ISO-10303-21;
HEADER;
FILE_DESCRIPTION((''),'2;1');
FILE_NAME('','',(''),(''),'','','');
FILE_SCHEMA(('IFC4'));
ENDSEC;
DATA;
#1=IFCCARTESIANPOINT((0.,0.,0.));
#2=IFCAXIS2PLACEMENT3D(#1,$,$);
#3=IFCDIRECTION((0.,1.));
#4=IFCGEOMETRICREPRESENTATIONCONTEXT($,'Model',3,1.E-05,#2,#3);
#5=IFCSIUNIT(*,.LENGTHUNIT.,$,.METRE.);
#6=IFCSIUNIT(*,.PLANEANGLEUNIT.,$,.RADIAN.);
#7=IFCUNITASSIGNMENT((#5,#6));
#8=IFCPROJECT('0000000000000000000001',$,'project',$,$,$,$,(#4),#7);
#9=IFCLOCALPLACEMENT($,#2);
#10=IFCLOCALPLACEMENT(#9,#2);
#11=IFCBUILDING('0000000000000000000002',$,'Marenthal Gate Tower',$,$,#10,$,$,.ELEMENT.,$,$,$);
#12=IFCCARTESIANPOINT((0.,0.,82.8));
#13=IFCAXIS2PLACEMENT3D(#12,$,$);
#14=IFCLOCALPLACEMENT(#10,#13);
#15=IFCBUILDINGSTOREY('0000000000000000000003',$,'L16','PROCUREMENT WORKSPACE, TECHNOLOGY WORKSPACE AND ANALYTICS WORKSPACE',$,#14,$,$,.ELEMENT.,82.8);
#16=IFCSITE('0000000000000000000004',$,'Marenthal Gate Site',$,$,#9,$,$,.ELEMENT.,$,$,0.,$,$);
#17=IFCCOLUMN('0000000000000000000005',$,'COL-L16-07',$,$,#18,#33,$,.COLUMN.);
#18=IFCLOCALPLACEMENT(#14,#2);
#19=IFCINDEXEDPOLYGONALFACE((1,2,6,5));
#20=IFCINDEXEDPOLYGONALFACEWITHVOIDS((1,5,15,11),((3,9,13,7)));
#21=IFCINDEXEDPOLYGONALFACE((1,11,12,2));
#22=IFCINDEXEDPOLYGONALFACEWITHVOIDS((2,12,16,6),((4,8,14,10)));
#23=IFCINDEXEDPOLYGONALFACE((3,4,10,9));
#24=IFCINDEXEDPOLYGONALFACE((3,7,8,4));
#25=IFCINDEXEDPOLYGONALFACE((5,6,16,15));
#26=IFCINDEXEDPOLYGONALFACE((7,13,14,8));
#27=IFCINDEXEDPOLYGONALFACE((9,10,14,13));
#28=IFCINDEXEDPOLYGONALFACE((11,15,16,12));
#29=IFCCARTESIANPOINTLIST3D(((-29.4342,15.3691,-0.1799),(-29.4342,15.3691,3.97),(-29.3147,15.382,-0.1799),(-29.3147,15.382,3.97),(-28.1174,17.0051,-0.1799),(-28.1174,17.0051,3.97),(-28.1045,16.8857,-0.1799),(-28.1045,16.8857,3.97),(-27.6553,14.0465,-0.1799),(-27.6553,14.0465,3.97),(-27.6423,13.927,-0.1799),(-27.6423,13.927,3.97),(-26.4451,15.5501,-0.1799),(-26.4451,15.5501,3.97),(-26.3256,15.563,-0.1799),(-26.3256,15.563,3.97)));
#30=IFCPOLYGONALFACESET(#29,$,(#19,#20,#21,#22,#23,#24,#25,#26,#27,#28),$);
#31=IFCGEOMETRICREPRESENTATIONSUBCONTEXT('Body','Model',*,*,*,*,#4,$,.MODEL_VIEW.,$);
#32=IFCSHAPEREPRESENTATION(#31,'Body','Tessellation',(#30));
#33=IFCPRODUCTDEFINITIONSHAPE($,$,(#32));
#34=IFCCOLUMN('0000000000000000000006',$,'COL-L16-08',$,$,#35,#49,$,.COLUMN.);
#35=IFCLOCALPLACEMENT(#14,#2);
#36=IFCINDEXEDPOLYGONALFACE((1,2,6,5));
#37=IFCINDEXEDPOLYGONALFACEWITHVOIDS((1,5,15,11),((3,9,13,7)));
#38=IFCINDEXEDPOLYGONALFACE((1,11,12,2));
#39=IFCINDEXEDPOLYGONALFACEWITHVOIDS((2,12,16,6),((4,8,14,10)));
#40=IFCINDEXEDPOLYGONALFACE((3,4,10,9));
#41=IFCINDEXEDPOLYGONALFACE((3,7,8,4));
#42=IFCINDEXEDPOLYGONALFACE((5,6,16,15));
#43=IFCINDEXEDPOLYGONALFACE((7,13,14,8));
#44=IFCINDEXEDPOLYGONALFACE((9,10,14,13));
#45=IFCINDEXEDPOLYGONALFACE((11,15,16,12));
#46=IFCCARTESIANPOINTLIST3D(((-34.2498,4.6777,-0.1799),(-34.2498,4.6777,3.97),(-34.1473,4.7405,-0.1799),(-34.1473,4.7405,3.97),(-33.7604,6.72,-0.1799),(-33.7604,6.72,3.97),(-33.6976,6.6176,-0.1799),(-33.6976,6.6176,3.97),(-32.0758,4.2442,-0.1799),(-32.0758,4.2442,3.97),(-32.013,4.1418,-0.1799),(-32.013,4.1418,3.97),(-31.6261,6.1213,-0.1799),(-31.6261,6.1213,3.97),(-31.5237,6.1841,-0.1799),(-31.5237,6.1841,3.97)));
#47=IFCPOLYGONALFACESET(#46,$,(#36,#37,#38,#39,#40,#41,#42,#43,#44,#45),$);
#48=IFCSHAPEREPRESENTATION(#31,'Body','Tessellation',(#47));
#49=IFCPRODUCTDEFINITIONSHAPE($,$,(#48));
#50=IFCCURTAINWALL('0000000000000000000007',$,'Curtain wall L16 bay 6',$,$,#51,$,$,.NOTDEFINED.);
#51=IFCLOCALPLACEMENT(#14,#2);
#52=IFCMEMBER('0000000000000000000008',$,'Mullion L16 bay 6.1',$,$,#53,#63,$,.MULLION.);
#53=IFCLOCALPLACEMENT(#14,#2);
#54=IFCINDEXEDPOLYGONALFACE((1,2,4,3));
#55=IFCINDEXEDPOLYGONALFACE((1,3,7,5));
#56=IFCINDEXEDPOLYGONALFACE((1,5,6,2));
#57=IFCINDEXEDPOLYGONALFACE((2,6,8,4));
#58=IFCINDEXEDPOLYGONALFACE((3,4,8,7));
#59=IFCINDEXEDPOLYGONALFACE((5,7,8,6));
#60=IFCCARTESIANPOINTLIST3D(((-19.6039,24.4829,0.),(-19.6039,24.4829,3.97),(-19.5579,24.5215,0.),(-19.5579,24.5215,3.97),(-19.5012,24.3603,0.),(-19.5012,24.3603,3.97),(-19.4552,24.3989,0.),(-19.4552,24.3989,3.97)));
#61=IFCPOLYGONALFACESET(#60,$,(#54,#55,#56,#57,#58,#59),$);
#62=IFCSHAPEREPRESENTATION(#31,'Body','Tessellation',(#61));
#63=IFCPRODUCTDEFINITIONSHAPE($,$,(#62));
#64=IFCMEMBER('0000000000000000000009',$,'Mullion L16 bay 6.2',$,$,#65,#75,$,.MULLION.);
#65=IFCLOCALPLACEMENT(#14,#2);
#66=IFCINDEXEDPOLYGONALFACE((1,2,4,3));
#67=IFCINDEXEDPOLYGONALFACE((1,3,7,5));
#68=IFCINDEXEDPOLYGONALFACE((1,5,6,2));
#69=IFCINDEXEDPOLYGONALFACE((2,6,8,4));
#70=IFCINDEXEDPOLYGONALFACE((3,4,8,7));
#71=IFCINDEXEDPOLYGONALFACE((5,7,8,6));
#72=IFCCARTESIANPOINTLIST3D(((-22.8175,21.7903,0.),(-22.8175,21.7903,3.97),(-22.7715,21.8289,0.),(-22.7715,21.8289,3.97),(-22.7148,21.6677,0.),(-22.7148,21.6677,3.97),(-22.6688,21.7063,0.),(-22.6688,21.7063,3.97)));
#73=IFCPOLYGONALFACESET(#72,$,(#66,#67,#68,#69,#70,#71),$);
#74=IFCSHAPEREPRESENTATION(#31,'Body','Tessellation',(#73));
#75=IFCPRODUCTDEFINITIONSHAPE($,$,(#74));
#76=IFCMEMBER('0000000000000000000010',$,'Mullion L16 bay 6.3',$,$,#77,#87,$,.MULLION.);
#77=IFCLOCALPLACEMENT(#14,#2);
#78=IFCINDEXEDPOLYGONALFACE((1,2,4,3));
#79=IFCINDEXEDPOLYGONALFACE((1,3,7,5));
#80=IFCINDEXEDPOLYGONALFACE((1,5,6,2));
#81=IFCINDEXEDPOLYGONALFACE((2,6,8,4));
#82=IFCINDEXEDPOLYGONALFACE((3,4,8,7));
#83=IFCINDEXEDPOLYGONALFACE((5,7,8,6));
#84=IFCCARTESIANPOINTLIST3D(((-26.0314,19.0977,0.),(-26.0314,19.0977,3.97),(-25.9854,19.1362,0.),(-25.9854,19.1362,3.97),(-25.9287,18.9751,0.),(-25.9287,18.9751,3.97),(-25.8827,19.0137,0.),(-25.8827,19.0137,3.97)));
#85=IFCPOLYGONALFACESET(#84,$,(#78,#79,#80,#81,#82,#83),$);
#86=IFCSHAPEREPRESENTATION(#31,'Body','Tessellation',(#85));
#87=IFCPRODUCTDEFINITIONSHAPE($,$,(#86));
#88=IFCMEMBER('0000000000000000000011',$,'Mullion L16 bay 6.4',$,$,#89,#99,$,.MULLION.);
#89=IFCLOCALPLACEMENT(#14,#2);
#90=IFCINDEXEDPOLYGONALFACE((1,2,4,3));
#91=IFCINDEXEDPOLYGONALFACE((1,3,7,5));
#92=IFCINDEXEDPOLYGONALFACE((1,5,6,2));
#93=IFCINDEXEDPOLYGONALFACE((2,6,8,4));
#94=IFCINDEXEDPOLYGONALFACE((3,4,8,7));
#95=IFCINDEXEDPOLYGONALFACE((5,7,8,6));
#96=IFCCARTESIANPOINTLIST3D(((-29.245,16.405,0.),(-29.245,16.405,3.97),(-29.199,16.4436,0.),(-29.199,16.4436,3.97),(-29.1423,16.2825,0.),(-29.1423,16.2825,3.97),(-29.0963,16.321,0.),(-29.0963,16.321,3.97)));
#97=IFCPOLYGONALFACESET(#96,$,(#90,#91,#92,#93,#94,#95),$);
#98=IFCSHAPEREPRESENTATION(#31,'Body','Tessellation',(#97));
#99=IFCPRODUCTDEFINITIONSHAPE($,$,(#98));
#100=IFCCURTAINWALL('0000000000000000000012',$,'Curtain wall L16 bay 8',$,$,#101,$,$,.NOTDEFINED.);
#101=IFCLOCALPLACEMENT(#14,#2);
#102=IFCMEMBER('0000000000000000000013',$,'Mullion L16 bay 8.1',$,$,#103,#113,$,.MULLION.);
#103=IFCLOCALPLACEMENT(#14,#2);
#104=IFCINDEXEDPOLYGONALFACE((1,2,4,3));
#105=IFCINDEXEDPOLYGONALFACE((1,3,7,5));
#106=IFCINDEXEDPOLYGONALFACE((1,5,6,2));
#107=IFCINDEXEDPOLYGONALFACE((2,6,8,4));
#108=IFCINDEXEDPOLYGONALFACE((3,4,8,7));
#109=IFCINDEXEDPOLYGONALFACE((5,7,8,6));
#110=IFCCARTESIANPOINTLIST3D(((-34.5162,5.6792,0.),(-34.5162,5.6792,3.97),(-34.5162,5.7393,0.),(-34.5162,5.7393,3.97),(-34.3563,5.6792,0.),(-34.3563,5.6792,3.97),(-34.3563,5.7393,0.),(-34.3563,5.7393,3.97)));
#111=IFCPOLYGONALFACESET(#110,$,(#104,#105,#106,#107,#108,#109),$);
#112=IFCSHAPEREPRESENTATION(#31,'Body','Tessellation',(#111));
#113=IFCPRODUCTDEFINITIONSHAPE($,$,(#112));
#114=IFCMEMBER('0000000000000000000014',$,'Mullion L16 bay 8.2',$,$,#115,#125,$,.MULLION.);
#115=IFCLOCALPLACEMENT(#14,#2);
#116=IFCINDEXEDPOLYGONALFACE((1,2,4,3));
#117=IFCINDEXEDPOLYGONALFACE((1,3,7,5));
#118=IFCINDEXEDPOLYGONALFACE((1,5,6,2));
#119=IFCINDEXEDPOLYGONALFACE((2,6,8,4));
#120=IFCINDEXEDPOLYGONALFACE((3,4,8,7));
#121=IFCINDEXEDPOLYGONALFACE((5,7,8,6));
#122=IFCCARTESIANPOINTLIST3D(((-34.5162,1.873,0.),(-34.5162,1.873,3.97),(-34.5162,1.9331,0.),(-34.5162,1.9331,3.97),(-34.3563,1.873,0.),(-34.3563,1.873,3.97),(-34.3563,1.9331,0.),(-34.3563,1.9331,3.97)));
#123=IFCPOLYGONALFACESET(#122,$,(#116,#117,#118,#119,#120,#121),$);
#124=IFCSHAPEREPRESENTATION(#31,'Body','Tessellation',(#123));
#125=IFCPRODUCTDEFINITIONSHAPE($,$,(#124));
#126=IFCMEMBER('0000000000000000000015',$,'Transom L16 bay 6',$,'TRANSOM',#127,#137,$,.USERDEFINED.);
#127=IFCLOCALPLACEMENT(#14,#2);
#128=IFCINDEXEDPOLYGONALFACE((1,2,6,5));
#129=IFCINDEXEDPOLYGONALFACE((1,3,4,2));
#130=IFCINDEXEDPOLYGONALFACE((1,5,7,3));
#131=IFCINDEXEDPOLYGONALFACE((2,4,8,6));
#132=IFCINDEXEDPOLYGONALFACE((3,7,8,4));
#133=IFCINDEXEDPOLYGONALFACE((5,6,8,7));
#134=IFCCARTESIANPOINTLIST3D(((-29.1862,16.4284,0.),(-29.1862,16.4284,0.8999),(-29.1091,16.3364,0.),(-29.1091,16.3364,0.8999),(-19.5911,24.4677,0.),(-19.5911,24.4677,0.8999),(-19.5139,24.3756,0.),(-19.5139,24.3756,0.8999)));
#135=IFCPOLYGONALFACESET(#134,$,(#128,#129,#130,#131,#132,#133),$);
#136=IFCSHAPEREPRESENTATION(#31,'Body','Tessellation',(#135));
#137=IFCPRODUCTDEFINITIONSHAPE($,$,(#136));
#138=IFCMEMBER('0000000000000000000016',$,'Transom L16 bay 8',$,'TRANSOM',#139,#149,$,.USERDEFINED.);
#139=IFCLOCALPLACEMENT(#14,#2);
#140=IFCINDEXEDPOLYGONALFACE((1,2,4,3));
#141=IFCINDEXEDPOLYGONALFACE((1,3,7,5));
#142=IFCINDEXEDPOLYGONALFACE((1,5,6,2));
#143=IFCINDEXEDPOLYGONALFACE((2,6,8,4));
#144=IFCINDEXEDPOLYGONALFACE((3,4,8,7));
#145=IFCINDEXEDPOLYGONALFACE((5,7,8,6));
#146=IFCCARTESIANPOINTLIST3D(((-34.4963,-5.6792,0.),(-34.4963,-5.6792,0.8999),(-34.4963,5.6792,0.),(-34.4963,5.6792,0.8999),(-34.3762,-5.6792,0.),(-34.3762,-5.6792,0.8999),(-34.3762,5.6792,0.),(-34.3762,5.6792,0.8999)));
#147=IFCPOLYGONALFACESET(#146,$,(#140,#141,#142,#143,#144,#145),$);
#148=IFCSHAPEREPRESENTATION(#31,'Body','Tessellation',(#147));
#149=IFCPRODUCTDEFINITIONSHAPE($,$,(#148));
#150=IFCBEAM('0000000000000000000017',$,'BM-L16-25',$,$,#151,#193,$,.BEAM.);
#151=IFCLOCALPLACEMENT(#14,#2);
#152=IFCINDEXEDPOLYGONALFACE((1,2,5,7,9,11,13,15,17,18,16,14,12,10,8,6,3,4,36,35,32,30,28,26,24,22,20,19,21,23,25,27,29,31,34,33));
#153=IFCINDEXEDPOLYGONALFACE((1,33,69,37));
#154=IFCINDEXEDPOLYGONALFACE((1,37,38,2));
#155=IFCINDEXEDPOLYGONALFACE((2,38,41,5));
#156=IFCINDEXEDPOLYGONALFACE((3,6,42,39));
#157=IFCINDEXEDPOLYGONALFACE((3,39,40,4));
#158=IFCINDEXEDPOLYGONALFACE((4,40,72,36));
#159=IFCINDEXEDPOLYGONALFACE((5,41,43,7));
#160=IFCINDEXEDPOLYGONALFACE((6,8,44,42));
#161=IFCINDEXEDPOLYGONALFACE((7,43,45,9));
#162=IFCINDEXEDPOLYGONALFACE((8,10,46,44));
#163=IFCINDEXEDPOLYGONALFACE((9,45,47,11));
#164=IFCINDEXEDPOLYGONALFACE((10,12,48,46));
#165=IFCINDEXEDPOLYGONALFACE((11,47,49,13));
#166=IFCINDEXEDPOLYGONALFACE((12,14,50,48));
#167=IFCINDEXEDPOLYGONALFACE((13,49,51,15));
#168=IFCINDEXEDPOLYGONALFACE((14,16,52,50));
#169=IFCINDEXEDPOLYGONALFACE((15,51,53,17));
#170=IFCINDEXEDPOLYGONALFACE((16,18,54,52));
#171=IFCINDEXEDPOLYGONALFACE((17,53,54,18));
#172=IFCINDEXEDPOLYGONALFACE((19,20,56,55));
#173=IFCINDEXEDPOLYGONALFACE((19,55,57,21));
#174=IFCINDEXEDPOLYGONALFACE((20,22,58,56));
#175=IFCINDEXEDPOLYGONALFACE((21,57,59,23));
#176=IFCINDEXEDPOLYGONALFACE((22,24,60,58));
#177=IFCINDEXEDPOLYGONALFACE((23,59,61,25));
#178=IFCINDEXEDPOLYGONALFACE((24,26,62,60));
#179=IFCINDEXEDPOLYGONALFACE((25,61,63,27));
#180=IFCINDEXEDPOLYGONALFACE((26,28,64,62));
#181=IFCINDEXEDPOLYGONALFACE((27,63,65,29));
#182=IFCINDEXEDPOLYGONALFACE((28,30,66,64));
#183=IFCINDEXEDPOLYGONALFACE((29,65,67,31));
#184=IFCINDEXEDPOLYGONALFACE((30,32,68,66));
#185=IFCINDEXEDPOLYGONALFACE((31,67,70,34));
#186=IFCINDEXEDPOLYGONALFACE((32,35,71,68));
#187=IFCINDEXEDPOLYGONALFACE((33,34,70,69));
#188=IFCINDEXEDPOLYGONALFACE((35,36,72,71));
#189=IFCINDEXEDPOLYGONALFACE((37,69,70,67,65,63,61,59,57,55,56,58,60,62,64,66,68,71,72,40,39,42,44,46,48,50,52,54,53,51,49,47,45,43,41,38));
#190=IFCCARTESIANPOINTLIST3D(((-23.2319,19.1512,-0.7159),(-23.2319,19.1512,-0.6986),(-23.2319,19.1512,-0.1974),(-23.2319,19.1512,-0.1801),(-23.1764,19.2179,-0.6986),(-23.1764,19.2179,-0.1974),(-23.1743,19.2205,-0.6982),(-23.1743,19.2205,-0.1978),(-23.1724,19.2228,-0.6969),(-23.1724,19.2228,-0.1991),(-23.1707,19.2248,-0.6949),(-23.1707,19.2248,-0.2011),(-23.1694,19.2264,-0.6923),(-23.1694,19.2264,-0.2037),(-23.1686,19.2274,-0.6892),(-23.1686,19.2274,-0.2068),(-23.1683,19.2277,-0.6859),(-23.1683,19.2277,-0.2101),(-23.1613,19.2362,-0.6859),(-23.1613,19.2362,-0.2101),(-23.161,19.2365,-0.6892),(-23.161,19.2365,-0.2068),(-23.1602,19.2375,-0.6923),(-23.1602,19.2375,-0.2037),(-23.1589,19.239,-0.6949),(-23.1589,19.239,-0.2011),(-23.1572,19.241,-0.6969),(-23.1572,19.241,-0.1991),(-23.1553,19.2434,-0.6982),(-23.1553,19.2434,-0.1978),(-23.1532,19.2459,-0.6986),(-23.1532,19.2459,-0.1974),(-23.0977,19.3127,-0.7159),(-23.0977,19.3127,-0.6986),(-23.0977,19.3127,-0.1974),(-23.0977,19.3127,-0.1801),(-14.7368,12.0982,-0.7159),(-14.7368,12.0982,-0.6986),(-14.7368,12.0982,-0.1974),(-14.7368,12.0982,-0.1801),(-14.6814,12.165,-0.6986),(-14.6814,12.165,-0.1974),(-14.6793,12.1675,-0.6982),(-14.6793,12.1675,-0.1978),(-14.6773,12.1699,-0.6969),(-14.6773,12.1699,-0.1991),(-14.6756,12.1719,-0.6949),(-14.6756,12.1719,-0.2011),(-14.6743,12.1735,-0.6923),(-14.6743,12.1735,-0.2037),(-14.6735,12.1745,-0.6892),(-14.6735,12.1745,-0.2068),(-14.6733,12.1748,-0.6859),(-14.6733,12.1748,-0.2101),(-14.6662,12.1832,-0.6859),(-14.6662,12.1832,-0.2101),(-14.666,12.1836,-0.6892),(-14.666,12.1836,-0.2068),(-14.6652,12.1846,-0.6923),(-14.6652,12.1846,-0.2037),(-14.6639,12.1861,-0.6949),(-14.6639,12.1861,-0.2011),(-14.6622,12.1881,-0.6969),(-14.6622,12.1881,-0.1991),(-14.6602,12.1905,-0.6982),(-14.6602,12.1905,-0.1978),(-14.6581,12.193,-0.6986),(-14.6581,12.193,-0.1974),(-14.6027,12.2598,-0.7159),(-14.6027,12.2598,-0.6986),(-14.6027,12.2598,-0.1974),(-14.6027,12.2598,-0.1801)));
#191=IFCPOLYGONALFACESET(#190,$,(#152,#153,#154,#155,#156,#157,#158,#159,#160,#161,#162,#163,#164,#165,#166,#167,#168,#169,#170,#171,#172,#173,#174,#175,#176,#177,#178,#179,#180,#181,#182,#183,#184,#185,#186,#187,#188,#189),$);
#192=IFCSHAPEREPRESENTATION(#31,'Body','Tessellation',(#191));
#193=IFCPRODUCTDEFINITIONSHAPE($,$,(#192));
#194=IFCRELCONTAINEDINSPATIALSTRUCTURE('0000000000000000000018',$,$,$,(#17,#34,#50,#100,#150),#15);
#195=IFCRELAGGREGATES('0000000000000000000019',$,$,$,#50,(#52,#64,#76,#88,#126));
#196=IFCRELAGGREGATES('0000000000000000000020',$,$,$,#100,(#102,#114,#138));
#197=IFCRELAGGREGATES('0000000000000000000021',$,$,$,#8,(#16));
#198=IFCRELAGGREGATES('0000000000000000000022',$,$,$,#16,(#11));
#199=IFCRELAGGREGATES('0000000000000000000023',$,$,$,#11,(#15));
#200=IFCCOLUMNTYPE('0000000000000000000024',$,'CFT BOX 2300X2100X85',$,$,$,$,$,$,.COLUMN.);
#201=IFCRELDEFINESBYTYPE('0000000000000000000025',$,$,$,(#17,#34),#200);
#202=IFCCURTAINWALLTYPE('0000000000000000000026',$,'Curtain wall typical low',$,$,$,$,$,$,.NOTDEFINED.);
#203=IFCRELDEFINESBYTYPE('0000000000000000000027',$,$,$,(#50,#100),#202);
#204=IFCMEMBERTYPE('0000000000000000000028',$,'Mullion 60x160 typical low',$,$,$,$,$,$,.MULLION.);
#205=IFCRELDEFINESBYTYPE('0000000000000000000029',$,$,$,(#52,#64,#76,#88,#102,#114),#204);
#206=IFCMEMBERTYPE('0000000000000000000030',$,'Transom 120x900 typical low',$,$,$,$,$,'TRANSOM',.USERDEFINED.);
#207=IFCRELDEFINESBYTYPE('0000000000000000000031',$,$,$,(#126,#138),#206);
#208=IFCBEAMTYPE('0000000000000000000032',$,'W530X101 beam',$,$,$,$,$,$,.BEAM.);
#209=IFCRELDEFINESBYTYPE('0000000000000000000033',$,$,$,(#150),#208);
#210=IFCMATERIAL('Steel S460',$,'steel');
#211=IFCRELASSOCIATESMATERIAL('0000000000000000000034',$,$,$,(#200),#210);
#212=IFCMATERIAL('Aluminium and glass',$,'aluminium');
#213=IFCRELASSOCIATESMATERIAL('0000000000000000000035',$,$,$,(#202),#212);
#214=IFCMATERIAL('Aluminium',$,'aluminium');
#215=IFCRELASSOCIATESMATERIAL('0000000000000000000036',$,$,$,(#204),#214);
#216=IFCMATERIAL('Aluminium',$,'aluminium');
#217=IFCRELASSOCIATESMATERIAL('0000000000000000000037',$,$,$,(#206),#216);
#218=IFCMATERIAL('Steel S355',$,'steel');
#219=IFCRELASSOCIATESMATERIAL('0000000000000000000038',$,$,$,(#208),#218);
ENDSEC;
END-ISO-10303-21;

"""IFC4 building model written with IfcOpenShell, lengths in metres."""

from ifc_helpers import new_model, si_unit, direction, frame, origin, origin_2d, place, context, subcontext, project, spatial, rectangle, hollow_rectangle, i_section, extrude, material, material_profile, profile_set, type_object, element, aggregate, save


model = new_model("IFC4")

# Units and contexts
model_context = context("Model", 3, precision=1e-05, world=origin(), true_north=direction((0.0, 1.0)))
body_context = subcontext(model_context, "Body", "Model", "MODEL_VIEW")
ifc_project = project(units=[si_unit("LENGTHUNIT", "METRE"), si_unit("PLANEANGLEUNIT", "RADIAN")], contexts=[model_context])

# Site, building, storey
site_placement = place(None, origin())
site = spatial("IfcSite", under=ifc_project, at=site_placement, Name="Marenthal Gate Site", CompositionType="ELEMENT", RefElevation=0.0)
building_placement = place(site_placement, origin())
building = spatial("IfcBuilding", under=site, at=building_placement, Name="Marenthal Gate Tower", CompositionType="ELEMENT")
storey_placement = place(building_placement, frame((0.0, 0.0, 82.8)))
storey = spatial("IfcBuildingStorey", under=building, at=storey_placement, Name="L16", Description="PROCUREMENT WORKSPACE, TECHNOLOGY WORKSPACE AND ANALYTICS WORKSPACE", CompositionType="ELEMENT", Elevation=82.8)

# Columns
ifc_material_1 = material(Name="Steel S460", Category="steel")
ifc_material_profile_1 = material_profile(ifc_material_1, hollow_rectangle(XDim=2.1001, YDim=2.3, WallThickness=0.085, at=origin_2d()), Name="CFT BOX 2300X2100X85")
ifc_material_2 = material(Name="Concrete 70 MPa", Category="concrete")
ifc_material_profile_2 = material_profile(ifc_material_2, rectangle(XDim=1.9299, YDim=2.1299, at=origin_2d()), Name="CFT BOX 2300X2100X85 INFILL")
ifc_profile_set_1 = profile_set([ifc_material_profile_1, ifc_material_profile_2], Name="Steel S460 shell, Concrete 70 MPa infill")
column_type = type_object("IfcColumnType", Name="CFT BOX 2300X2100X85", PredefinedType="COLUMN", material=ifc_profile_set_1)
for number, where, z_axis, x_axis, name in (
    (1, (-27.8799, 15.4661, -0.1799), (0.0, 0.0, 1.0), (0.626985, 0.779032, 0.0), "COL-L16-07"),
    (2, (-32.8867, 5.4309, -0.1799), (0.0, 0.0, 1.0), (0.232997, 0.972477, 0.0), "COL-L16-08"),
):
    element("IfcColumn", number, at=place(storey_placement, frame(where, z_axis=z_axis, x_axis=x_axis)), inside=storey, type_object=column_type, Name=name, PredefinedType="COLUMN", context=body_context, shape_type="SweptSolid", body=[
        extrude(hollow_rectangle(XDim=2.1001, YDim=2.3, WallThickness=0.085, at=origin_2d()), origin(), (0.0, 0.0, 1.0), 4.1499),
    ])

# Curtain walls, members
ifc_material_3 = material(Name="Aluminium and glass", Category="aluminium")
curtain_wall_type = type_object("IfcCurtainWallType", Name="Curtain wall typical low", PredefinedType="NOTDEFINED", material=ifc_material_3)
curtain_wall_1_placement = place(storey_placement, origin())
curtain_wall_1 = element("IfcCurtainWall", 3, at=curtain_wall_1_placement, inside=storey, type_object=curtain_wall_type, Name="Curtain wall L16 bay 6", PredefinedType="NOTDEFINED")
ifc_material_4 = material(Name="Aluminium", Category="aluminium")
ifc_material_profile_3 = material_profile(ifc_material_4, rectangle(XDim=0.1599, YDim=0.0601, at=origin_2d()), Name="60x160 aluminium mullion")
ifc_profile_set_2 = profile_set([ifc_material_profile_3], Name="Aluminium")
member_type_1 = type_object("IfcMemberType", Name="Mullion 60x160 typical low", PredefinedType="MULLION", material=ifc_profile_set_2)
member_1_placement = place(storey_placement, frame((-19.5295, 24.4409, 0.0), z_axis=(0.0, 0.0, 1.0), x_axis=(0.642228, -0.766513, 0.0)))
member_1 = element("IfcMember", 4, at=member_1_placement, type_object=member_type_1, Name="Mullion L16 bay 6.1", PredefinedType="MULLION", context=body_context, shape_type="SweptSolid", body=[
    extrude(rectangle(XDim=0.1599, YDim=0.0601, at=origin_2d()), origin(), (0.0, 0.0, 1.0), 3.97),
])
member_2_placement = place(storey_placement, frame((-22.7432, 21.7483, 0.0), z_axis=(0.0, 0.0, 1.0), x_axis=(0.642228, -0.766513, 0.0)))
member_2 = element("IfcMember", 5, at=member_2_placement, type_object=member_type_1, Name="Mullion L16 bay 6.2", PredefinedType="MULLION", context=body_context, shape_type="SweptSolid", body=[
    extrude(rectangle(XDim=0.1599, YDim=0.0601, at=origin_2d()), origin(), (0.0, 0.0, 1.0), 3.97),
])
member_3_placement = place(storey_placement, frame((-25.957, 19.0557, 0.0), z_axis=(0.0, 0.0, 1.0), x_axis=(0.642228, -0.766513, 0.0)))
member_3 = element("IfcMember", 6, at=member_3_placement, type_object=member_type_1, Name="Mullion L16 bay 6.3", PredefinedType="MULLION", context=body_context, shape_type="SweptSolid", body=[
    extrude(rectangle(XDim=0.1599, YDim=0.0601, at=origin_2d()), origin(), (0.0, 0.0, 1.0), 3.97),
])
member_4_placement = place(storey_placement, frame((-29.1707, 16.363, 0.0), z_axis=(0.0, 0.0, 1.0), x_axis=(0.642228, -0.766513, 0.0)))
member_4 = element("IfcMember", 7, at=member_4_placement, type_object=member_type_1, Name="Mullion L16 bay 6.4", PredefinedType="MULLION", context=body_context, shape_type="SweptSolid", body=[
    extrude(rectangle(XDim=0.1599, YDim=0.0601, at=origin_2d()), origin(), (0.0, 0.0, 1.0), 3.97),
])
curtain_wall_2_placement = place(storey_placement, origin())
curtain_wall_2 = element("IfcCurtainWall", 8, at=curtain_wall_2_placement, inside=storey, type_object=curtain_wall_type, Name="Curtain wall L16 bay 8", PredefinedType="NOTDEFINED")
member_5_placement = place(storey_placement, frame((-34.4363, 5.7092, 0.0), z_axis=(0.0, 0.0, 1.0), x_axis=(1.0, 0.0, 0.0)))
member_5 = element("IfcMember", 9, at=member_5_placement, type_object=member_type_1, Name="Mullion L16 bay 8.1", PredefinedType="MULLION", context=body_context, shape_type="SweptSolid", body=[
    extrude(rectangle(XDim=0.1599, YDim=0.0601, at=origin_2d()), origin(), (0.0, 0.0, 1.0), 3.97),
])
member_6_placement = place(storey_placement, frame((-34.4363, 1.9031, 0.0), z_axis=(0.0, 0.0, 1.0), x_axis=(1.0, 0.0, 0.0)))
member_6 = element("IfcMember", 10, at=member_6_placement, type_object=member_type_1, Name="Mullion L16 bay 8.2", PredefinedType="MULLION", context=body_context, shape_type="SweptSolid", body=[
    extrude(rectangle(XDim=0.1599, YDim=0.0601, at=origin_2d()), origin(), (0.0, 0.0, 1.0), 3.97),
])

# Members
ifc_material_5 = material(Name="Aluminium", Category="aluminium")
ifc_material_profile_4 = material_profile(ifc_material_5, rectangle(XDim=0.1201, YDim=0.8999, at=origin_2d()), Name="120x900 aluminium transom")
ifc_profile_set_3 = profile_set([ifc_material_profile_4], Name="Aluminium")
member_type_2 = type_object("IfcMemberType", Name="Transom 120x900 typical low", ElementType="TRANSOM", PredefinedType="USERDEFINED", material=ifc_profile_set_3)
member_7_placement = place(storey_placement, frame((-19.5525, 24.4216, 0.45), z_axis=(-0.766518, -0.642223, 0.0), x_axis=(0.642223, -0.766518, 0.0)))
member_7 = element("IfcMember", 11, at=member_7_placement, type_object=member_type_2, Name="Transom L16 bay 6", ObjectType="TRANSOM", PredefinedType="USERDEFINED", context=body_context, shape_type="SweptSolid", body=[
    extrude(rectangle(XDim=0.1201, YDim=0.8999, at=origin_2d()), origin(), (0.0, 0.0, 1.0), 12.5178),
])
member_8_placement = place(storey_placement, frame((-34.4363, 5.6792, 0.45), z_axis=(0.0, -1.0, 0.0), x_axis=(1.0, 0.0, 0.0)))
member_8 = element("IfcMember", 12, at=member_8_placement, type_object=member_type_2, Name="Transom L16 bay 8", ObjectType="TRANSOM", PredefinedType="USERDEFINED", context=body_context, shape_type="SweptSolid", body=[
    extrude(rectangle(XDim=0.1201, YDim=0.8999, at=origin_2d()), origin(), (0.0, 0.0, 1.0), 11.3584),
])

# Beam
ifc_material_6 = material(Name="Steel S355", Category="steel")
ifc_material_profile_5 = material_profile(ifc_material_6, i_section(OverallWidth=0.21, OverallDepth=0.5359, WebThickness=0.011, FlangeThickness=0.0173, FilletRadius=0.0127, at=origin_2d()), Name="W530X101")
ifc_profile_set_4 = profile_set([ifc_material_profile_5], Name="Steel S355")
beam_type_1 = type_object("IfcBeamType", Name="W530X101 beam", PredefinedType="BEAM", material=ifc_profile_set_4)
beam_1_placement = place(storey_placement, frame((-23.1648, 19.2319, -0.448), z_axis=(0.769391, -0.638778, 0.0), x_axis=(0.638778, 0.769391, 0.0)))
element("IfcBeam", 13, at=beam_1_placement, inside=storey, type_object=beam_type_1, Name="BM-L16-25", PredefinedType="BEAM", context=body_context, shape_type="SweptSolid", body=[
    extrude(i_section(OverallWidth=0.21, OverallDepth=0.5359, WebThickness=0.011, FlangeThickness=0.0173, FilletRadius=0.0127, at=origin_2d()), origin(), (0.0, 0.0, 1.0), 11.0413),
])

aggregate(curtain_wall_1, [member_1, member_2, member_3, member_4, member_7])
aggregate(curtain_wall_2, [member_5, member_6, member_8])

save(model, "model.ifc")
